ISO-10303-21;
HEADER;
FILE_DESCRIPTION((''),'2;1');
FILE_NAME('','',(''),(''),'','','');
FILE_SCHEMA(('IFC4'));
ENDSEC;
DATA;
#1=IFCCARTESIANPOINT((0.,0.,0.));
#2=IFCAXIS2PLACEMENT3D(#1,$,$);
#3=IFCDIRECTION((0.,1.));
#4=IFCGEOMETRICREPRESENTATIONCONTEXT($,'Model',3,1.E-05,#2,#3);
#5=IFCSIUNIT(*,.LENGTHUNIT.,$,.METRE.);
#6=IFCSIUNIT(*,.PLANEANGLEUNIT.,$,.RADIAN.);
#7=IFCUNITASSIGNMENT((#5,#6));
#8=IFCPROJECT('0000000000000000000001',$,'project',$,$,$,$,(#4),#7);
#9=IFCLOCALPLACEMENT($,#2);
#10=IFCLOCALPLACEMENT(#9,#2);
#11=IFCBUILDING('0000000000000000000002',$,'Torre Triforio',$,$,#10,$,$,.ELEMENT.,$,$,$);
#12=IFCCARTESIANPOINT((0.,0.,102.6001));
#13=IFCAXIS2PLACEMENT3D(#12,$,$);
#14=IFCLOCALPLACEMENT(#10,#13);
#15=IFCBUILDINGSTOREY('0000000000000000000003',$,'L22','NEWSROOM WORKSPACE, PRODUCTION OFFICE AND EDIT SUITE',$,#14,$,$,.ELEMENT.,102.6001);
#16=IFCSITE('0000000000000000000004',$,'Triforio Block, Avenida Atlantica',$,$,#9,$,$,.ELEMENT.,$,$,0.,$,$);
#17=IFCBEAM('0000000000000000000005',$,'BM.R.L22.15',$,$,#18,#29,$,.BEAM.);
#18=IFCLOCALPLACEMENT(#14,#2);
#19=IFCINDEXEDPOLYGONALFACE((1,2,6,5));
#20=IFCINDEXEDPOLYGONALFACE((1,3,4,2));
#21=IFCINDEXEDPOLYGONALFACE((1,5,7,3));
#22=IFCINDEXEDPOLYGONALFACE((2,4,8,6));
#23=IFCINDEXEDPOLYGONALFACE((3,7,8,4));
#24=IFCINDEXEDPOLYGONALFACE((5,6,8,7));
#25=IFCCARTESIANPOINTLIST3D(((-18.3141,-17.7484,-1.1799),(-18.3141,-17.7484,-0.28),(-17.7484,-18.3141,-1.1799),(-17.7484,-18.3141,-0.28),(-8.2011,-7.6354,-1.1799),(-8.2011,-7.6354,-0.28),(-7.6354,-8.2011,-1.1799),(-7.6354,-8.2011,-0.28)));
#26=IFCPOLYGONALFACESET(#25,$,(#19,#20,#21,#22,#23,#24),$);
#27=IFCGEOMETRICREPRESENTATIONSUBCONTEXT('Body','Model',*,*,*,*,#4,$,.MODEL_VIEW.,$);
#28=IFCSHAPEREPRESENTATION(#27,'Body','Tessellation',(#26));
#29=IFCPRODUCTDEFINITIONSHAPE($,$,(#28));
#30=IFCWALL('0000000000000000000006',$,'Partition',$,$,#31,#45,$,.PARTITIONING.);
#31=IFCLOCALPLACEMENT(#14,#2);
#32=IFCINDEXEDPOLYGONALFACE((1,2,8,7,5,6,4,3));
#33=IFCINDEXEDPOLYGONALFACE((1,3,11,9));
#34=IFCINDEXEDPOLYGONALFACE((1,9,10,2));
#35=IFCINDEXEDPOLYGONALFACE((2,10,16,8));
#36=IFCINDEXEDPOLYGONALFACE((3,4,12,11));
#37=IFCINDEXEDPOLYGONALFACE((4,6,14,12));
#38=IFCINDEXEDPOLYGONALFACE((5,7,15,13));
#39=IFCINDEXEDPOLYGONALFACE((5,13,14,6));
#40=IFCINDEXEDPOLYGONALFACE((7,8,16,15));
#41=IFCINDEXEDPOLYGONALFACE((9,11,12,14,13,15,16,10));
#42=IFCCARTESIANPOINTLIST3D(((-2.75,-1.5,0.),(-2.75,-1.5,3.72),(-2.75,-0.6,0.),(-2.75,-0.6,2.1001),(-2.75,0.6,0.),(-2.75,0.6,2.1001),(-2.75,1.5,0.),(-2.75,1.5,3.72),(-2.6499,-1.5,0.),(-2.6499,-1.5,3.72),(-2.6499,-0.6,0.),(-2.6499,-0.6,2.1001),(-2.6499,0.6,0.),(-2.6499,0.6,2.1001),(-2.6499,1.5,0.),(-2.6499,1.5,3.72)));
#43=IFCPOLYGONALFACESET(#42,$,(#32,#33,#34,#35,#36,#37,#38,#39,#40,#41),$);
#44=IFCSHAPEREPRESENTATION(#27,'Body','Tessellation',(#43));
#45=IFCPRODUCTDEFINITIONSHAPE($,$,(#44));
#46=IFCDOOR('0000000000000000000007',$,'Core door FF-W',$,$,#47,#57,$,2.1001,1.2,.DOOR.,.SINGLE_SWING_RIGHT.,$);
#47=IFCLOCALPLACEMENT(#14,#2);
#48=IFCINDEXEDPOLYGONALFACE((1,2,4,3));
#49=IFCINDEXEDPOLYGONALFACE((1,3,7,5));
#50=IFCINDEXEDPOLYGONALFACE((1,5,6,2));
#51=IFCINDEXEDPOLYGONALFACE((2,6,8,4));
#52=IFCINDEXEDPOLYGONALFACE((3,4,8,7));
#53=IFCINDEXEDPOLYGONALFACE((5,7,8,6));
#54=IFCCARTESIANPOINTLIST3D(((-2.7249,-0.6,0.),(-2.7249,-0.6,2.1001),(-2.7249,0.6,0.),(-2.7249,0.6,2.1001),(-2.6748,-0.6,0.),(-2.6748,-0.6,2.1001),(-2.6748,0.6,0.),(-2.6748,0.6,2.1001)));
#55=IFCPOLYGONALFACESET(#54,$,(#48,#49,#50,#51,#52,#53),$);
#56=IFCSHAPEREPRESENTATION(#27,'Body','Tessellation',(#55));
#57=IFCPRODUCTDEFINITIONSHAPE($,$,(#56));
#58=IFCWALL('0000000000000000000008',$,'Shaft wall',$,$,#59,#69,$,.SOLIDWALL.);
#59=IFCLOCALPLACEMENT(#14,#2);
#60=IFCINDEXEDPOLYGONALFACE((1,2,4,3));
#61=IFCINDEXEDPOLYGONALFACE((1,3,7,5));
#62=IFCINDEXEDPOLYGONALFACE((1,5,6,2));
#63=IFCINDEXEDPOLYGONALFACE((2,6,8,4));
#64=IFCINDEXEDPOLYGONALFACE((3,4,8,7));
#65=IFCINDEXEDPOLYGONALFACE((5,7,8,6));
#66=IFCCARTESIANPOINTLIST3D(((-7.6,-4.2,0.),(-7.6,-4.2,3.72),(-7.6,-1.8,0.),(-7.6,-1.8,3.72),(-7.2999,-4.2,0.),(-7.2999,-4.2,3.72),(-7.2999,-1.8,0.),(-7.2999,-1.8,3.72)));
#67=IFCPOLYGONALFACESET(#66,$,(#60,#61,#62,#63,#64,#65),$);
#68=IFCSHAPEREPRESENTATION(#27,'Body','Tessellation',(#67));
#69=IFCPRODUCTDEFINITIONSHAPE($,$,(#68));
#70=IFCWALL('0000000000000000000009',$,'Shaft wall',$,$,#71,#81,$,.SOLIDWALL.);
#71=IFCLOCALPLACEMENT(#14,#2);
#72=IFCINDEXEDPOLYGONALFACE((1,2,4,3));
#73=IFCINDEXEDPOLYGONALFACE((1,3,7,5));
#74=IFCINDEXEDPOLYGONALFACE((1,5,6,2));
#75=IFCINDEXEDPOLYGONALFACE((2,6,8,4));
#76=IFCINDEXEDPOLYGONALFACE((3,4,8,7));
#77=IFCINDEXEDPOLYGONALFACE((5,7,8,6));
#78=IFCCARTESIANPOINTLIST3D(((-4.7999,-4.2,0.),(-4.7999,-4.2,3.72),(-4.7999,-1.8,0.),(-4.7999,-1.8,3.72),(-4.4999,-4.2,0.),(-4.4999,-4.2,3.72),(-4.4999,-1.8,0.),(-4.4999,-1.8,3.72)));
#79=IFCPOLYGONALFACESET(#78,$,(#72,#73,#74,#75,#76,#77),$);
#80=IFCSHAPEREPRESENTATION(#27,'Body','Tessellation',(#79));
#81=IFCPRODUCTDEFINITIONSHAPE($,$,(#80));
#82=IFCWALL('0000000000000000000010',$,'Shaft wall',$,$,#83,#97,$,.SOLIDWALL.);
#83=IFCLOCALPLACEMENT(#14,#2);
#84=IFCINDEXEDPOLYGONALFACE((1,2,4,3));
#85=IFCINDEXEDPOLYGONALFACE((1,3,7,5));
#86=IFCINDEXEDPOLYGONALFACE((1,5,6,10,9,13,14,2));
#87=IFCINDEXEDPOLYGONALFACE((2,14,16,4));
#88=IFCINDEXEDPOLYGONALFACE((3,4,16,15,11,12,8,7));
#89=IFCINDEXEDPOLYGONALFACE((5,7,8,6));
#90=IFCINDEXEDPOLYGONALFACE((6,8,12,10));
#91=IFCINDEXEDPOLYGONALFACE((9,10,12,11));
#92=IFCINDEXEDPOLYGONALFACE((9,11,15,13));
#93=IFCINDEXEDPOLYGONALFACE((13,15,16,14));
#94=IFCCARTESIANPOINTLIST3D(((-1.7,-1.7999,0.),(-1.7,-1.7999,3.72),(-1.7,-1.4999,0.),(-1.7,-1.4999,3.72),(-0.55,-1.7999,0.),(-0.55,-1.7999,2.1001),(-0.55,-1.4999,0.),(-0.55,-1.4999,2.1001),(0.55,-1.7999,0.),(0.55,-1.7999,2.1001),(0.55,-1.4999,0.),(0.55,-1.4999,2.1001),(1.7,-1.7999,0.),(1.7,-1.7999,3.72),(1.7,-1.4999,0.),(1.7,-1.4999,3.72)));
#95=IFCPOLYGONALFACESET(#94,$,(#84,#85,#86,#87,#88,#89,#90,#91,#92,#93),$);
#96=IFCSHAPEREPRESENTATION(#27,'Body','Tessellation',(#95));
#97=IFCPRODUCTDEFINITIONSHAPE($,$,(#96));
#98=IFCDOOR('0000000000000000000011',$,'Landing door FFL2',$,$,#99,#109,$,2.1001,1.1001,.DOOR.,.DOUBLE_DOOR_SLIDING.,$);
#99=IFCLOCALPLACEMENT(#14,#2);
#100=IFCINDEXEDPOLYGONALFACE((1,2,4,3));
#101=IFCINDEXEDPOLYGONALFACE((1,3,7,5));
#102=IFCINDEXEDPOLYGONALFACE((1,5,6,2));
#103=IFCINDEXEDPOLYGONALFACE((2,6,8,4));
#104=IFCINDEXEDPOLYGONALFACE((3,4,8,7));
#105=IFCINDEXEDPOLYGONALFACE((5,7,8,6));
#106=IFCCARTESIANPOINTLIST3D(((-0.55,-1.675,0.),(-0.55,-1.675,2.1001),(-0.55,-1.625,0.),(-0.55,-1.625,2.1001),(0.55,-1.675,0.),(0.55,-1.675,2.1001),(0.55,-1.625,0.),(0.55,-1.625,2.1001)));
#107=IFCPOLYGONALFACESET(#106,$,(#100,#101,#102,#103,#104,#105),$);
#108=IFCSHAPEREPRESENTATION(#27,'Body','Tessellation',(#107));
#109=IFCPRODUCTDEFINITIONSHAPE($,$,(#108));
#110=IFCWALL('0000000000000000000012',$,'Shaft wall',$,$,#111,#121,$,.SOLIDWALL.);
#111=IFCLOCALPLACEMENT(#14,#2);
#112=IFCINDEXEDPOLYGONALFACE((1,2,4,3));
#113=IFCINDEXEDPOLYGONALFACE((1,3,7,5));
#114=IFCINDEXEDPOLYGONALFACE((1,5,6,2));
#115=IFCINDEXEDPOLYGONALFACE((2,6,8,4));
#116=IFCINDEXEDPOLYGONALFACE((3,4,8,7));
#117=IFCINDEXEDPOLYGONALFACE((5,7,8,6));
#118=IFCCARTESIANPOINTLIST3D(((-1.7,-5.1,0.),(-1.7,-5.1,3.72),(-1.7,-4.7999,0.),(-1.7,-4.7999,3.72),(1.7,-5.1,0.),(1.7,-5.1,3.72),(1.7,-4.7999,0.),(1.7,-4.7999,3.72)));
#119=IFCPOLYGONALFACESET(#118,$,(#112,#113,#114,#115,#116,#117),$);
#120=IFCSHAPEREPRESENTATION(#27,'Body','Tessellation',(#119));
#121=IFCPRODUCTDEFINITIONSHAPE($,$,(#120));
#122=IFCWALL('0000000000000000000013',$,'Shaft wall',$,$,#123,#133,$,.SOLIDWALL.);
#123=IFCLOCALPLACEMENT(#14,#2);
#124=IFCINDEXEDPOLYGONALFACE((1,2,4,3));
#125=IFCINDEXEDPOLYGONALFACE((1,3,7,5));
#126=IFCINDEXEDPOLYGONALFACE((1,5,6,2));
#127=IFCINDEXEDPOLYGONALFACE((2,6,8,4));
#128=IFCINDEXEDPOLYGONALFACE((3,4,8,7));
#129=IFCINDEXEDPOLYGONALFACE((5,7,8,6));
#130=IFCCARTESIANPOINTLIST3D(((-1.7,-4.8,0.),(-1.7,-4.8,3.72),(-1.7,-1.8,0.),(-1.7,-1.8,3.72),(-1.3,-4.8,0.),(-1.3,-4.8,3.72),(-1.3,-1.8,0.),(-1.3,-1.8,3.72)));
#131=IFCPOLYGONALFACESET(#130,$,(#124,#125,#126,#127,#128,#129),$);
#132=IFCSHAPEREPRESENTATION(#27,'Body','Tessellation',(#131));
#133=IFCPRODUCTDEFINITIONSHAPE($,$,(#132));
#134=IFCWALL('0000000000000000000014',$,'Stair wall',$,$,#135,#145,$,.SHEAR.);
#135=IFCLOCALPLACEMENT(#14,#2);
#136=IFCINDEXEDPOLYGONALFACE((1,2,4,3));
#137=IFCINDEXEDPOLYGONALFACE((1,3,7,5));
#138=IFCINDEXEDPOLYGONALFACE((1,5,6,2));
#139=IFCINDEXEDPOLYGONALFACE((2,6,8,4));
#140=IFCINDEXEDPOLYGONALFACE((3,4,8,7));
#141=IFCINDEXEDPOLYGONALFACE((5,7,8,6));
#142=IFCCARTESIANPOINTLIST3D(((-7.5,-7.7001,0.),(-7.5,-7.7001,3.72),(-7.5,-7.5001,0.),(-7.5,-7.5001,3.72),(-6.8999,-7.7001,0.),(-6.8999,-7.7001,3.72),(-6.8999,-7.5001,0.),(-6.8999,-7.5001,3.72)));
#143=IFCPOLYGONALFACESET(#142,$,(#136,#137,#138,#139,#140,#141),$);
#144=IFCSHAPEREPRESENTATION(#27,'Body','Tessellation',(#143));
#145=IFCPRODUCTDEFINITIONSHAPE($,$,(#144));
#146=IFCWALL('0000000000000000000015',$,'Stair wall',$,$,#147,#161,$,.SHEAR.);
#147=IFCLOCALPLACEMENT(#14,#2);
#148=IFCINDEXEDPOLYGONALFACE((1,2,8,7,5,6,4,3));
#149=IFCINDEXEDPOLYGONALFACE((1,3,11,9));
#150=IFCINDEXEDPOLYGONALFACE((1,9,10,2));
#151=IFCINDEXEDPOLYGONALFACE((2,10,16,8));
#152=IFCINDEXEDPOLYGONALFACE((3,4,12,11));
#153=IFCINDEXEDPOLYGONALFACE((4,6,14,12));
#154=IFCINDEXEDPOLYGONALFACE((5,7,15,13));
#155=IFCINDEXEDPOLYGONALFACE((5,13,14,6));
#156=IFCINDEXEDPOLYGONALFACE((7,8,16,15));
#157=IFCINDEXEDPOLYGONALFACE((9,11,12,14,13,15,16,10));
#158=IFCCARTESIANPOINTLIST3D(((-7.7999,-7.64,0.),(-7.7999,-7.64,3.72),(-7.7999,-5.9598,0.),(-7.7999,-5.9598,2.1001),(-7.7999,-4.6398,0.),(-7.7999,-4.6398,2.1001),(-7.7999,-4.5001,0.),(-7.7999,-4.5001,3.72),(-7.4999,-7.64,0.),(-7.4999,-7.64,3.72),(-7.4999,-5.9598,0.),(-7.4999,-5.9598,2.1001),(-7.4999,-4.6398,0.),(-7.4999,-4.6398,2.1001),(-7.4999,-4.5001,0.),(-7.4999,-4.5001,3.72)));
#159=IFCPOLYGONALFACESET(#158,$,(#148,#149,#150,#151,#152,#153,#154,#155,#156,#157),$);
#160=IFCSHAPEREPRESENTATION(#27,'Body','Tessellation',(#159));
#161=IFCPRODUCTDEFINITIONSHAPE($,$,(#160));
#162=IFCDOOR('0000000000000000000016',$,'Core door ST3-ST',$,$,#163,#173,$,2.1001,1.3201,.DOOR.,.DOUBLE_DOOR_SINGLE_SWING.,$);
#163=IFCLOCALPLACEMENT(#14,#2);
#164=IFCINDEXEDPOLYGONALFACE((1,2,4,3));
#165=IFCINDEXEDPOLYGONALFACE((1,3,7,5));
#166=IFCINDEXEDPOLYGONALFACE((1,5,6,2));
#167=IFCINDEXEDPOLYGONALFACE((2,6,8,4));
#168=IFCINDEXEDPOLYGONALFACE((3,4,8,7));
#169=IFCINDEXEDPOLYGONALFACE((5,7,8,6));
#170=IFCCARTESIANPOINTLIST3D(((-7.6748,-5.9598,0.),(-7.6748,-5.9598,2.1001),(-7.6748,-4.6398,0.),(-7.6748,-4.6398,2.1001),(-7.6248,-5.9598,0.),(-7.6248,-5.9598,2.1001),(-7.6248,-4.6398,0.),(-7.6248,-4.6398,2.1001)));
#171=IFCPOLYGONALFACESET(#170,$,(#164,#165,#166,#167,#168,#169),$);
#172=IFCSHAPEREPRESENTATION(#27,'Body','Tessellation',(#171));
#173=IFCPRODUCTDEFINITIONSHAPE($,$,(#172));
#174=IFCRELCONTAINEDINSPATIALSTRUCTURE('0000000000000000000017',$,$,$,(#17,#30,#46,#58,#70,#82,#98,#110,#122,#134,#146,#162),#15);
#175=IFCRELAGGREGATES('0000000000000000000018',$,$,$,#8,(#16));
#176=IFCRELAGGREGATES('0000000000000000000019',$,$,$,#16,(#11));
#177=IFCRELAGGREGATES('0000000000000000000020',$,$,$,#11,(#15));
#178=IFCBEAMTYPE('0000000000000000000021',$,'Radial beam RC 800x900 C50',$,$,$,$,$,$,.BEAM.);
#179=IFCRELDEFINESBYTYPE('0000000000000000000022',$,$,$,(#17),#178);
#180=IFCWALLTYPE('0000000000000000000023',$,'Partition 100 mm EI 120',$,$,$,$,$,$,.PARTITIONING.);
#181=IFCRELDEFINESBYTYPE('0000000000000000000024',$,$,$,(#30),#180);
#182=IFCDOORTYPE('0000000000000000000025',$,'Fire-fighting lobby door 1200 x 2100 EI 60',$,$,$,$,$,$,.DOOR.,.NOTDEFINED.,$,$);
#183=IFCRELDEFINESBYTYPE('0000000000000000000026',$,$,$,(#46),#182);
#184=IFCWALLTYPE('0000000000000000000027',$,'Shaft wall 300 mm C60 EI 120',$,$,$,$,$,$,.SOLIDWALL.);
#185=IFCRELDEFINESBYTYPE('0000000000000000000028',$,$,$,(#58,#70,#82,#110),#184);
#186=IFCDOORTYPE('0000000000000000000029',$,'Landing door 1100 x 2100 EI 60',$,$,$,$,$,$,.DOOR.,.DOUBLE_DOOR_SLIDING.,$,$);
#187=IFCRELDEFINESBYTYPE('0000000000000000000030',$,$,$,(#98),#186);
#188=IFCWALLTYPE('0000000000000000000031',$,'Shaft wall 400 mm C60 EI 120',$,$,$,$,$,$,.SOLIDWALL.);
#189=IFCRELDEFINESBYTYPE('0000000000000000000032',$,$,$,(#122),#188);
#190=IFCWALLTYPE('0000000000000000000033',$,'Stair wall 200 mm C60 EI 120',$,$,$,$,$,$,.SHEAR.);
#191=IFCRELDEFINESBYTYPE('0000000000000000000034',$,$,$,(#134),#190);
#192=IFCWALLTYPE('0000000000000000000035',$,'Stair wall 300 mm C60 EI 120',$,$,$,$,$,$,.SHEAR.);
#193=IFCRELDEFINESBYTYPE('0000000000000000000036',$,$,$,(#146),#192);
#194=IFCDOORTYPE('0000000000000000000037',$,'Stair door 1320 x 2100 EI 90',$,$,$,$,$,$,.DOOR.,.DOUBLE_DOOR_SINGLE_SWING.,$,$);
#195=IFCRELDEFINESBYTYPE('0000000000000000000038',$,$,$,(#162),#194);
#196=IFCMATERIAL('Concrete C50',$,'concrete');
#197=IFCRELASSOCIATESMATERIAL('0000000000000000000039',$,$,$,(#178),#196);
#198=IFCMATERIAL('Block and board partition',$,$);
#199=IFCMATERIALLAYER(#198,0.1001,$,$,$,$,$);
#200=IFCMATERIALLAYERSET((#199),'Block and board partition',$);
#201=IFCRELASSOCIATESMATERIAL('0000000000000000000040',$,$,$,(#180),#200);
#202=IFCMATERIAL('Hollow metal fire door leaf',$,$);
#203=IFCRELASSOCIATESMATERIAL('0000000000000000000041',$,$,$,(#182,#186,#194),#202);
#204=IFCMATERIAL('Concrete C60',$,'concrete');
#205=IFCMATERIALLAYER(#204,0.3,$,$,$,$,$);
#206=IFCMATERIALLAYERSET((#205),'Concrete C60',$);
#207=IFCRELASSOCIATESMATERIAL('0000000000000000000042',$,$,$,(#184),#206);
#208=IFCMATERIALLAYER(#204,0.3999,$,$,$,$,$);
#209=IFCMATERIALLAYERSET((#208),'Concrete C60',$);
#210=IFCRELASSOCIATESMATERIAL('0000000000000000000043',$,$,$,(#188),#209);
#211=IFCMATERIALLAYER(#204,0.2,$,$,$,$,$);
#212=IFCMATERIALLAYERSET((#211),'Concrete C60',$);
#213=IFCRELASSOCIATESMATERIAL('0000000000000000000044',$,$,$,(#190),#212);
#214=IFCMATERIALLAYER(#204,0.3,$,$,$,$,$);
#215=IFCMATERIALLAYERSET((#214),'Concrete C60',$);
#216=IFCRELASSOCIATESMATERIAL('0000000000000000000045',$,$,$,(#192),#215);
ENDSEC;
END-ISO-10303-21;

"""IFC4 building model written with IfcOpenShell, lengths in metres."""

from ifc_helpers import new_model, si_unit, direction, frame, frame_2d, origin, origin_2d, place, context, subcontext, project, spatial, rectangle, extrude, material, layer, layer_set, material_profile, profile_set, type_object, element, fill, save


model = new_model("IFC4")

# Units and contexts
model_context = context("Model", 3, precision=1e-05, world=origin(), true_north=direction((0.0, 1.0)))
body_context = subcontext(model_context, "Body", "Model", "MODEL_VIEW")
ifc_project = project(units=[si_unit("LENGTHUNIT", "METRE"), si_unit("PLANEANGLEUNIT", "RADIAN")], contexts=[model_context])

# Site, building, storey
site_placement = place(None, origin())
site = spatial("IfcSite", under=ifc_project, at=site_placement, Name="Triforio Block, Avenida Atlantica", CompositionType="ELEMENT", RefElevation=0.0)
building_placement = place(site_placement, origin())
building = spatial("IfcBuilding", under=site, at=building_placement, Name="Torre Triforio", CompositionType="ELEMENT")
storey_placement = place(building_placement, frame((0.0, 0.0, 102.6001)))
storey = spatial("IfcBuildingStorey", under=building, at=storey_placement, Name="L22", Description="NEWSROOM WORKSPACE, PRODUCTION OFFICE AND EDIT SUITE", CompositionType="ELEMENT", Elevation=102.6001)

# Beam
ifc_material_1 = material(Name="Concrete C50", Category="concrete")
ifc_material_profile = material_profile(ifc_material_1, rectangle(XDim=0.8, YDim=0.8999, at=origin_2d()), Name="RC 800x900")
ifc_profile_set = profile_set([ifc_material_profile], Name="Concrete C50")
beam_type = type_object("IfcBeamType", Name="Radial beam RC 800x900 C50", PredefinedType="BEAM", material=ifc_profile_set)
beam_placement = place(storey_placement, frame((-7.9182, -7.9182, -0.73), z_axis=(-0.707107, -0.707107, 0.0), x_axis=(0.707107, -0.707107, 0.0)))
element("IfcBeam", 1, at=beam_placement, inside=storey, type_object=beam_type, Name="BM.R.L22.15", PredefinedType="BEAM", context=body_context, shape_type="SweptSolid", body=[
    extrude(rectangle(XDim=0.8, YDim=0.8999, at=origin_2d()), origin(), (0.0, 0.0, 1.0), 14.302),
])

# Wall, opening, door
ifc_material_2 = material(Name="Block and board partition")
ifc_layer_1 = layer(ifc_material_2, 0.1001)
ifc_layer_set_1 = layer_set([ifc_layer_1], Name="Block and board partition")
wall_type_1 = type_object("IfcWallType", Name="Partition 100 mm EI 120", PredefinedType="PARTITIONING", material=ifc_layer_set_1)
wall_1_placement = place(storey_placement, frame((-2.7, -1.5, 0.0), z_axis=(0.0, 0.0, 1.0), x_axis=(0.0, 1.0, 0.0)))
wall_1 = element("IfcWall", 2, at=wall_1_placement, inside=storey, type_object=wall_type_1, Name="Partition", PredefinedType="PARTITIONING", context=body_context, shape_type="SweptSolid", body=[
    extrude(rectangle(XDim=3.0, YDim=0.1001, at=frame_2d((1.5, 0.0))), origin(), (0.0, 0.0, 1.0), 3.72),
])
opening_1_placement = place(wall_1_placement, frame((0.8999, 0.0, 0.0)))
opening_1 = element("IfcOpeningElement", 3, at=opening_1_placement, cuts=wall_1, PredefinedType="OPENING", context=body_context, shape_type="SweptSolid", body=[
    extrude(rectangle(XDim=1.2, YDim=2.1001, at=frame_2d((0.6001, 1.05))), frame((0.0, 0.0601, 0.0), z_axis=(0.0, -1.0, 0.0), x_axis=(1.0, 0.0, 0.0)), (0.0, 0.0, 1.0), 0.1201),
])
ifc_material_3 = material(Name="Hollow metal fire door leaf")
door_type_1 = type_object("IfcDoorType", Name="Fire-fighting lobby door 1200 x 2100 EI 60", OperationType="NOTDEFINED", PredefinedType="DOOR", material=ifc_material_3)
door_1_placement = place(opening_1_placement, origin())
door_1 = element("IfcDoor", 4, at=door_1_placement, inside=storey, type_object=door_type_1, Name="Core door FF-W", OperationType="SINGLE_SWING_RIGHT", OverallHeight=2.1001, OverallWidth=1.2, PredefinedType="DOOR", context=body_context, shape_type="SweptSolid", body=[
    extrude(rectangle(XDim=1.2, YDim=2.1001, at=frame_2d((0.6001, 1.05))), frame((0.0, 0.0249, 0.0), z_axis=(0.0, -1.0, 0.0), x_axis=(1.0, 0.0, 0.0)), (0.0, 0.0, 1.0), 0.05),
])
fill(opening_1, door_1)

# Walls
ifc_material_4 = material(Name="Concrete C60", Category="concrete")
ifc_layer_2 = layer(ifc_material_4, 0.3)
ifc_layer_set_2 = layer_set([ifc_layer_2], Name="Concrete C60")
wall_type_2 = type_object("IfcWallType", Name="Shaft wall 300 mm C60 EI 120", PredefinedType="SOLIDWALL", material=ifc_layer_set_2)
for number, where, z_axis, x_axis, name in (
    (5, (-7.45, -4.2, 0.0), (0.0, 0.0, 1.0), (0.0, 1.0, 0.0), "Shaft wall"),
    (6, (-4.6499, -4.2, 0.0), (0.0, 0.0, 1.0), (0.0, 1.0, 0.0), "Shaft wall"),
):
    element("IfcWall", number, at=place(storey_placement, frame(where, z_axis=z_axis, x_axis=x_axis)), inside=storey, type_object=wall_type_2, Name=name, PredefinedType="SOLIDWALL", context=body_context, shape_type="SweptSolid", body=[
        extrude(rectangle(XDim=2.3999, YDim=0.3, at=frame_2d((1.2, 0.0))), origin(), (0.0, 0.0, 1.0), 3.72),
    ])

# Wall, opening, door
wall_2_placement = place(storey_placement, frame((-1.7, -1.6499, 0.0), z_axis=(0.0, 0.0, 1.0), x_axis=(1.0, 0.0, 0.0)))
wall_2 = element("IfcWall", 7, at=wall_2_placement, inside=storey, type_object=wall_type_2, Name="Shaft wall", PredefinedType="SOLIDWALL", context=body_context, shape_type="SweptSolid", body=[
    extrude(rectangle(XDim=3.3999, YDim=0.3, at=frame_2d((1.7, 0.0))), origin(), (0.0, 0.0, 1.0), 3.72),
])
opening_2_placement = place(wall_2_placement, frame((1.1499, 0.0, 0.0)))
opening_2 = element("IfcOpeningElement", 8, at=opening_2_placement, cuts=wall_2, PredefinedType="OPENING", context=body_context, shape_type="SweptSolid", body=[
    extrude(rectangle(XDim=1.1001, YDim=2.1001, at=frame_2d((0.55, 1.05))), frame((0.0, 0.1599, 0.0), z_axis=(0.0, -1.0, 0.0), x_axis=(1.0, 0.0, 0.0)), (0.0, 0.0, 1.0), 0.3201),
])
door_type_2 = type_object("IfcDoorType", Name="Landing door 1100 x 2100 EI 60", OperationType="DOUBLE_DOOR_SLIDING", PredefinedType="DOOR", material=ifc_material_3)
door_2_placement = place(opening_2_placement, origin())
door_2 = element("IfcDoor", 9, at=door_2_placement, inside=storey, type_object=door_type_2, Name="Landing door FFL2", OperationType="DOUBLE_DOOR_SLIDING", OverallHeight=2.1001, OverallWidth=1.1001, PredefinedType="DOOR", context=body_context, shape_type="SweptSolid", body=[
    extrude(rectangle(XDim=1.1001, YDim=2.1001, at=frame_2d((0.55, 1.05))), frame((0.0, 0.0249, 0.0), z_axis=(0.0, -1.0, 0.0), x_axis=(1.0, 0.0, 0.0)), (0.0, 0.0, 1.0), 0.05),
])
fill(opening_2, door_2)

# Walls
wall_3_placement = place(storey_placement, frame((-1.7, -4.95, 0.0), z_axis=(0.0, 0.0, 1.0), x_axis=(1.0, 0.0, 0.0)))
element("IfcWall", 10, at=wall_3_placement, inside=storey, type_object=wall_type_2, Name="Shaft wall", PredefinedType="SOLIDWALL", context=body_context, shape_type="SweptSolid", body=[
    extrude(rectangle(XDim=3.3999, YDim=0.3, at=frame_2d((1.7, 0.0))), origin(), (0.0, 0.0, 1.0), 3.72),
])
ifc_layer_3 = layer(ifc_material_4, 0.3999)
ifc_layer_set_3 = layer_set([ifc_layer_3], Name="Concrete C60")
wall_type_3 = type_object("IfcWallType", Name="Shaft wall 400 mm C60 EI 120", PredefinedType="SOLIDWALL", material=ifc_layer_set_3)
wall_4_placement = place(storey_placement, frame((-1.5, -4.8, 0.0), z_axis=(0.0, 0.0, 1.0), x_axis=(0.0, 1.0, 0.0)))
element("IfcWall", 11, at=wall_4_placement, inside=storey, type_object=wall_type_3, Name="Shaft wall", PredefinedType="SOLIDWALL", context=body_context, shape_type="SweptSolid", body=[
    extrude(rectangle(XDim=3.0, YDim=0.3999, at=frame_2d((1.5, 0.0))), origin(), (0.0, 0.0, 1.0), 3.72),
])
ifc_layer_4 = layer(ifc_material_4, 0.2)
ifc_layer_set_4 = layer_set([ifc_layer_4], Name="Concrete C60")
wall_type_4 = type_object("IfcWallType", Name="Stair wall 200 mm C60 EI 120", PredefinedType="SHEAR", material=ifc_layer_set_4)
wall_5_placement = place(storey_placement, frame((-7.5, -7.6001, 0.0), z_axis=(0.0, 0.0, 1.0), x_axis=(1.0, 0.0, 0.0)))
element("IfcWall", 12, at=wall_5_placement, inside=storey, type_object=wall_type_4, Name="Stair wall", PredefinedType="SHEAR", context=body_context, shape_type="SweptSolid", body=[
    extrude(rectangle(XDim=0.6001, YDim=0.2, at=frame_2d((0.3, 0.0))), origin(), (0.0, 0.0, 1.0), 3.72),
])

# Wall, opening, door
ifc_layer_5 = layer(ifc_material_4, 0.3)
ifc_layer_set_5 = layer_set([ifc_layer_5], Name="Concrete C60")
wall_type_5 = type_object("IfcWallType", Name="Stair wall 300 mm C60 EI 120", PredefinedType="SHEAR", material=ifc_layer_set_5)
wall_6_placement = place(storey_placement, frame((-7.6499, -7.6399, 0.0), z_axis=(0.0, 0.0, 1.0), x_axis=(0.0, 1.0, 0.0)))
wall_6 = element("IfcWall", 13, at=wall_6_placement, inside=storey, type_object=wall_type_5, Name="Stair wall", PredefinedType="SHEAR", context=body_context, shape_type="SweptSolid", body=[
    extrude(rectangle(XDim=3.1399, YDim=0.3, at=frame_2d((1.5698, 0.0))), origin(), (0.0, 0.0, 1.0), 3.72),
])
opening_3_placement = place(wall_6_placement, frame((1.6799, 0.0, 0.0)))
opening_3 = element("IfcOpeningElement", 14, at=opening_3_placement, cuts=wall_6, PredefinedType="OPENING", context=body_context, shape_type="SweptSolid", body=[
    extrude(rectangle(XDim=1.3201, YDim=2.1001, at=frame_2d((0.6602, 1.05))), frame((0.0, 0.1599, 0.0), z_axis=(0.0, -1.0, 0.0), x_axis=(1.0, 0.0, 0.0)), (0.0, 0.0, 1.0), 0.3201),
])
door_type_3 = type_object("IfcDoorType", Name="Stair door 1320 x 2100 EI 90", OperationType="DOUBLE_DOOR_SINGLE_SWING", PredefinedType="DOOR", material=ifc_material_3)
door_3_placement = place(opening_3_placement, origin())
door_3 = element("IfcDoor", 15, at=door_3_placement, inside=storey, type_object=door_type_3, Name="Core door ST3-ST", OperationType="DOUBLE_DOOR_SINGLE_SWING", OverallHeight=2.1001, OverallWidth=1.3201, PredefinedType="DOOR", context=body_context, shape_type="SweptSolid", body=[
    extrude(rectangle(XDim=1.3201, YDim=2.1001, at=frame_2d((0.6602, 1.05))), frame((0.0, 0.0249, 0.0), z_axis=(0.0, -1.0, 0.0), x_axis=(1.0, 0.0, 0.0)), (0.0, 0.0, 1.0), 0.05),
])
fill(opening_3, door_3)

save(model, "model.ifc")
